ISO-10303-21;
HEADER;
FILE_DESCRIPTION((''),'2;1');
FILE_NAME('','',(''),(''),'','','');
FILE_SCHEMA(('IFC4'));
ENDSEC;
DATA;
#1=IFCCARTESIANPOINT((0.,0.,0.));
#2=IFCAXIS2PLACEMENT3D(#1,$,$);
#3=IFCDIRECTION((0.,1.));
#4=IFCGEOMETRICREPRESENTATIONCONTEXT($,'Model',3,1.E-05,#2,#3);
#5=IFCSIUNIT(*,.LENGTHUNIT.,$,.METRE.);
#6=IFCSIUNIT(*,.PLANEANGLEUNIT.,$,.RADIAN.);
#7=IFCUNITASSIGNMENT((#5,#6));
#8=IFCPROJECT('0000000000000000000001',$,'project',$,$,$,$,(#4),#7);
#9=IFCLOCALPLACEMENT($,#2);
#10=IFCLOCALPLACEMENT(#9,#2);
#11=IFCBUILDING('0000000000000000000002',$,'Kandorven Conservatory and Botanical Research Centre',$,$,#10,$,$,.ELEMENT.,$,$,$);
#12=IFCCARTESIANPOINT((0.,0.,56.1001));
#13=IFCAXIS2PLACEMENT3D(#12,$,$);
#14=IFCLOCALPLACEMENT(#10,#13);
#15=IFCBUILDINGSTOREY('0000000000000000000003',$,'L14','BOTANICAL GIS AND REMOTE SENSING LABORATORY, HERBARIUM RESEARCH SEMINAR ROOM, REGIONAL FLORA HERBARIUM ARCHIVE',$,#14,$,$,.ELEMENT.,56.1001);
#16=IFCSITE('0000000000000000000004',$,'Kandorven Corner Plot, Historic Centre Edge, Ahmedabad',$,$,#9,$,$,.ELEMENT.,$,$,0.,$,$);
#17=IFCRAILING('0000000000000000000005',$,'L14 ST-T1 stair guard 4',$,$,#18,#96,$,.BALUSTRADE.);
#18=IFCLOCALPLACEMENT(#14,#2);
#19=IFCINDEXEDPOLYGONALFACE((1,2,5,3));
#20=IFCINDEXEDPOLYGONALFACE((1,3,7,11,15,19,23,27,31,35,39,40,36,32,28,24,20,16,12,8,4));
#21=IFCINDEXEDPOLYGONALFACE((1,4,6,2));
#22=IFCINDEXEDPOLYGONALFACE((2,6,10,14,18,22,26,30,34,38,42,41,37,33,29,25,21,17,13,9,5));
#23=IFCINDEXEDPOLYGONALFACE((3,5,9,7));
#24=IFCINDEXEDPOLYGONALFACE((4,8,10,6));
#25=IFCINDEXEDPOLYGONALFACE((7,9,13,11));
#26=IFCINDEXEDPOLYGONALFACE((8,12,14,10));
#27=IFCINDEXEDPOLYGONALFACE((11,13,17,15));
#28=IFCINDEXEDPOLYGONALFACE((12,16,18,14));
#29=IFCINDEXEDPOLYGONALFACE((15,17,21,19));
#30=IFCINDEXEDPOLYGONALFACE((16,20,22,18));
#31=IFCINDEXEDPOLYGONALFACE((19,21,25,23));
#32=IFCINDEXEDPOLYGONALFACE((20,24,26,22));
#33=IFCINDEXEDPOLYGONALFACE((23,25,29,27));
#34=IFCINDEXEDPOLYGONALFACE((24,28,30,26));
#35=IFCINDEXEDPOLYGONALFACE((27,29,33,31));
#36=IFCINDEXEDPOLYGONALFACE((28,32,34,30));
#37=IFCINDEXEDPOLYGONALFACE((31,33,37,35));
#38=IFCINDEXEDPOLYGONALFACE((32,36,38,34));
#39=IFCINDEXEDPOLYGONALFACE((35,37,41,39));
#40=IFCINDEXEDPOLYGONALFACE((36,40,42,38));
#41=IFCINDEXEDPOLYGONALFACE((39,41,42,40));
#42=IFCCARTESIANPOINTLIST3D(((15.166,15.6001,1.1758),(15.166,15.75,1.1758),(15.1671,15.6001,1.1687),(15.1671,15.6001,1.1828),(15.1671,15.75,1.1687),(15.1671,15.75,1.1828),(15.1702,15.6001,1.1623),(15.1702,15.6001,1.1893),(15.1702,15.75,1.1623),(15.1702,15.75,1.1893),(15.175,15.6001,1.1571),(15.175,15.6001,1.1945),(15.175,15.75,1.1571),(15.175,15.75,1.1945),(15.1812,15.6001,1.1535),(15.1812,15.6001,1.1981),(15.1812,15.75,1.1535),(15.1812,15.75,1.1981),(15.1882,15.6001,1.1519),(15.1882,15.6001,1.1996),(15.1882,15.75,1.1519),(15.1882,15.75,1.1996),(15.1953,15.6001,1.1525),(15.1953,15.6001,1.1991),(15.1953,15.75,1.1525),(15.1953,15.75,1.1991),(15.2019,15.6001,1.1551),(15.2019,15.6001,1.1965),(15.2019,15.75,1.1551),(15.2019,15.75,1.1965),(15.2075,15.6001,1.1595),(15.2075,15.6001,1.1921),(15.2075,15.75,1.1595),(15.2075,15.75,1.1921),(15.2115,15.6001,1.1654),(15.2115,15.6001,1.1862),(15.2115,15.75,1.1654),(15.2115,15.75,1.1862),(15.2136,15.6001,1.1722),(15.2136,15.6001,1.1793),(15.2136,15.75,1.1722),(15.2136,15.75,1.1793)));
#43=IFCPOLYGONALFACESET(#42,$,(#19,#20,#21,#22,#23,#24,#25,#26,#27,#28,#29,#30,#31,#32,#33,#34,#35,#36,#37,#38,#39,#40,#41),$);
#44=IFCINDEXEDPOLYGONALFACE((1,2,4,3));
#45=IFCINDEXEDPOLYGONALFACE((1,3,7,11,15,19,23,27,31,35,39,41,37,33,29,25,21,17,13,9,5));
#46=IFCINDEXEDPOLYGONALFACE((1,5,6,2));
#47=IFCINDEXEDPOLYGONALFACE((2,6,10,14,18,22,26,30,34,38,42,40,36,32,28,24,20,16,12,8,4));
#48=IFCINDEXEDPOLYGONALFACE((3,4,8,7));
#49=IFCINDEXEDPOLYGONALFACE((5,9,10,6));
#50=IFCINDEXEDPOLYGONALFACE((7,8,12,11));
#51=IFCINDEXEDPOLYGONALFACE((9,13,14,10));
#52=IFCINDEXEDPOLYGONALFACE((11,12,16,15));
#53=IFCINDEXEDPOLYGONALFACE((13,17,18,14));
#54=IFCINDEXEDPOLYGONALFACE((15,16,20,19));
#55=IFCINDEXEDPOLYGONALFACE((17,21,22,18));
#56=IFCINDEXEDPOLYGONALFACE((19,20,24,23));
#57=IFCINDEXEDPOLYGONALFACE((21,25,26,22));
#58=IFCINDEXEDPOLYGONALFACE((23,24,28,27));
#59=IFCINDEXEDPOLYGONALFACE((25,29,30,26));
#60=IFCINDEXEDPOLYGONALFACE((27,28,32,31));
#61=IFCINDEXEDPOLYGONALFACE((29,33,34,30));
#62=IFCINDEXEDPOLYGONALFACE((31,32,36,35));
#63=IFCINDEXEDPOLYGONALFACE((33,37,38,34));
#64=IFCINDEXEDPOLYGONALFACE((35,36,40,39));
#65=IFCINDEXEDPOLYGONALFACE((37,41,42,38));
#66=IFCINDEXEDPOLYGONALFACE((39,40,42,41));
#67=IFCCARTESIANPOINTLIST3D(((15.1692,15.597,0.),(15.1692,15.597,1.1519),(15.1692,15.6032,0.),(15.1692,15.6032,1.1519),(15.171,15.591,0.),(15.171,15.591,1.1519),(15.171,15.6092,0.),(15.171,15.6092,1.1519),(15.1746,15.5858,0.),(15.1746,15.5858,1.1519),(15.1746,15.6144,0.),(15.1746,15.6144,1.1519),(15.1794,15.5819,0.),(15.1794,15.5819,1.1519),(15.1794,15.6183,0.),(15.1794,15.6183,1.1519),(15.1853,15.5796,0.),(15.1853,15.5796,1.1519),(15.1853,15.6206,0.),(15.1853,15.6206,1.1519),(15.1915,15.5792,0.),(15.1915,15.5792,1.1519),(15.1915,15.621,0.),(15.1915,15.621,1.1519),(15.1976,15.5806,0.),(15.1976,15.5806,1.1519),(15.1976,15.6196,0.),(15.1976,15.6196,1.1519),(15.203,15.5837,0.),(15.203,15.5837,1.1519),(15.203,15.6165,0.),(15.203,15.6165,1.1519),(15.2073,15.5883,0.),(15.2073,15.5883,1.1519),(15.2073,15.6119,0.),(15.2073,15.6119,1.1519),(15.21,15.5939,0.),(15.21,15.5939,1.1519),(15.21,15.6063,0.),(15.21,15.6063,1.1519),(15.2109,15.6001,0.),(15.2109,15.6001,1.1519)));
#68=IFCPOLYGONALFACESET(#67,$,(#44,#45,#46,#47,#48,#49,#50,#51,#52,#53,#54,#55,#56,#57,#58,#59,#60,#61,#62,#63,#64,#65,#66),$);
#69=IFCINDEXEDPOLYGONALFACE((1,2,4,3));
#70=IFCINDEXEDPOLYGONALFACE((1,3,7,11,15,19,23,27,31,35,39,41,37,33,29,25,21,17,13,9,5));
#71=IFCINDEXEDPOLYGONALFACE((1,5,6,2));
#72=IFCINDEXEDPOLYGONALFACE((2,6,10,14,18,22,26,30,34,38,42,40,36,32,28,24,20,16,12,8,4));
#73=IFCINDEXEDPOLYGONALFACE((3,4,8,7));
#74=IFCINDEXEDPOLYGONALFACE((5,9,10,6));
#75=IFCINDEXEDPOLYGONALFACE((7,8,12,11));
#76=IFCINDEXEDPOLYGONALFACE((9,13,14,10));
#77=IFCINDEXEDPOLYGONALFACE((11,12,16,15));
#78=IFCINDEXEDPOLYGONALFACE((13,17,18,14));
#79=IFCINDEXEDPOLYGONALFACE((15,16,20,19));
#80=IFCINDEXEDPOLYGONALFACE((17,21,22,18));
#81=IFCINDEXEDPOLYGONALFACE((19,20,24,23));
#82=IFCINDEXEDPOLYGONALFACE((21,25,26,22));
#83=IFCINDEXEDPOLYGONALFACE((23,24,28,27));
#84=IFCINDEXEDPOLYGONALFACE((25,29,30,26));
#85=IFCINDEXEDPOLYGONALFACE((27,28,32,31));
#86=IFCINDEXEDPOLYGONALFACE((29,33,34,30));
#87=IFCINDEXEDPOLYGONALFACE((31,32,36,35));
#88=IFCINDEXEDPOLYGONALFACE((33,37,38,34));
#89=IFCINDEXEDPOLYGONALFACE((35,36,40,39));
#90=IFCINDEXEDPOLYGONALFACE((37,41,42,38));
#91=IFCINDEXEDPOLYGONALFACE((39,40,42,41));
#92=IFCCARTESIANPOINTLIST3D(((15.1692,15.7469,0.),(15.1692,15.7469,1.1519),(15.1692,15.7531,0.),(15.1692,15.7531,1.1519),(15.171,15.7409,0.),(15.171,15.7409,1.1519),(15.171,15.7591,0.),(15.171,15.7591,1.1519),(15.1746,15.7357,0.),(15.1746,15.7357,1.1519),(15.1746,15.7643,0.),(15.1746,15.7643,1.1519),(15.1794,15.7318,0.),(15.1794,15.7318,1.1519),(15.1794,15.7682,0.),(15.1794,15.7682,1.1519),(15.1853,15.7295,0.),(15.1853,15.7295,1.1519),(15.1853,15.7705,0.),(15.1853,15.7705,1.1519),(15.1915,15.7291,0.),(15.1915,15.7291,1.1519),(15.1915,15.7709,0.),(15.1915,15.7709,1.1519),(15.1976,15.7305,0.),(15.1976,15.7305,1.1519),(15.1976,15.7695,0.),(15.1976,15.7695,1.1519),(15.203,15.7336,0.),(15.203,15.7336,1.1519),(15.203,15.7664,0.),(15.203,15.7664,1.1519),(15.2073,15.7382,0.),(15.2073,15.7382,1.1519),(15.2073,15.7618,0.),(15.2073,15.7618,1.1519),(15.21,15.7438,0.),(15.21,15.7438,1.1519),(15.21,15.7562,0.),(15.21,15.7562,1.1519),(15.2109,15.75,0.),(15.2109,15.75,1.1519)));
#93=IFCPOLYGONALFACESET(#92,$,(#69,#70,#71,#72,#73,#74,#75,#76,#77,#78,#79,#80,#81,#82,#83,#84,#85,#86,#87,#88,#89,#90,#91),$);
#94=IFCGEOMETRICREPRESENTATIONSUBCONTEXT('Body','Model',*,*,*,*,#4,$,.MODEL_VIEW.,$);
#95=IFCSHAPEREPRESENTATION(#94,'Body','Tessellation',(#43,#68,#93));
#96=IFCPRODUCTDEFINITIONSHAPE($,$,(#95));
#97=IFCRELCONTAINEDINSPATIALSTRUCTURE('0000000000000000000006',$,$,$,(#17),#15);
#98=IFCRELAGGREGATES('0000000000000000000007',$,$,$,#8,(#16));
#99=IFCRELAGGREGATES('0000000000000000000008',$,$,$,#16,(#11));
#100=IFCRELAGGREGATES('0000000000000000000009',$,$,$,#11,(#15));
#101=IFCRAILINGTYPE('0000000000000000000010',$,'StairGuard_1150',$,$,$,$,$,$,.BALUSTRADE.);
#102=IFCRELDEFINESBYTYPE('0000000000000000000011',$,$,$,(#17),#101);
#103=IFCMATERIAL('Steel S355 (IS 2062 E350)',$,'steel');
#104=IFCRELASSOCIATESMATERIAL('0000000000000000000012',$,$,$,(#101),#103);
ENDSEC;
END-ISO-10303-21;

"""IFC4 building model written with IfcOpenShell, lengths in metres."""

from ifc_helpers import new_model, si_unit, direction, frame, origin, origin_2d, place, context, subcontext, project, spatial, circle, extrude, material, type_object, element, save


model = new_model("IFC4")

# Units and contexts
model_context = context("Model", 3, precision=1e-05, world=origin(), true_north=direction((0.0, 1.0)))
body_context = subcontext(model_context, "Body", "Model", "MODEL_VIEW")
ifc_project = project(units=[si_unit("LENGTHUNIT", "METRE"), si_unit("PLANEANGLEUNIT", "RADIAN")], contexts=[model_context])

# Site, building, storey
site_placement = place(None, origin())
site = spatial("IfcSite", under=ifc_project, at=site_placement, Name="Kandorven Corner Plot, Historic Centre Edge, Ahmedabad", CompositionType="ELEMENT", RefElevation=0.0)
building_placement = place(site_placement, origin())
building = spatial("IfcBuilding", under=site, at=building_placement, Name="Kandorven Conservatory and Botanical Research Centre", CompositionType="ELEMENT")
storey_placement = place(building_placement, frame((0.0, 0.0, 56.1001)))
storey = spatial("IfcBuildingStorey", under=building, at=storey_placement, Name="L14", Description="BOTANICAL GIS AND REMOTE SENSING LABORATORY, HERBARIUM RESEARCH SEMINAR ROOM, REGIONAL FLORA HERBARIUM ARCHIVE", CompositionType="ELEMENT", Elevation=56.1001)

# Railing
ifc_material_1 = material(Name="Steel S355 (IS 2062 E350)", Category="steel")
railing_type_1 = type_object("IfcRailingType", Name="StairGuard_1150", PredefinedType="BALUSTRADE", material=ifc_material_1)
railing_1_placement = place(storey_placement, frame((15.1899, 15.6001, 0.0)))
element("IfcRailing", 1, at=railing_1_placement, inside=storey, type_object=railing_type_1, Name="L14 ST-T1 stair guard 4", PredefinedType="BALUSTRADE", context=body_context, shape_type="SweptSolid", body=[
    extrude(circle(Radius=0.0239, at=origin_2d()), frame((0.0, 0.0, 1.1758), z_axis=(0.0, 1.0, 0.0), x_axis=(-1.0, 0.0, 0.0)), (0.0, 0.0, 1.0), 0.1499),
    extrude(circle(Radius=0.021, at=origin_2d()), origin(), (0.0, 0.0, 1.0), 1.1519),
    extrude(circle(Radius=0.021, at=origin_2d()), frame((0.0, 0.1499, 0.0)), (0.0, 0.0, 1.0), 1.1519),
])

save(model, "model.ifc")
